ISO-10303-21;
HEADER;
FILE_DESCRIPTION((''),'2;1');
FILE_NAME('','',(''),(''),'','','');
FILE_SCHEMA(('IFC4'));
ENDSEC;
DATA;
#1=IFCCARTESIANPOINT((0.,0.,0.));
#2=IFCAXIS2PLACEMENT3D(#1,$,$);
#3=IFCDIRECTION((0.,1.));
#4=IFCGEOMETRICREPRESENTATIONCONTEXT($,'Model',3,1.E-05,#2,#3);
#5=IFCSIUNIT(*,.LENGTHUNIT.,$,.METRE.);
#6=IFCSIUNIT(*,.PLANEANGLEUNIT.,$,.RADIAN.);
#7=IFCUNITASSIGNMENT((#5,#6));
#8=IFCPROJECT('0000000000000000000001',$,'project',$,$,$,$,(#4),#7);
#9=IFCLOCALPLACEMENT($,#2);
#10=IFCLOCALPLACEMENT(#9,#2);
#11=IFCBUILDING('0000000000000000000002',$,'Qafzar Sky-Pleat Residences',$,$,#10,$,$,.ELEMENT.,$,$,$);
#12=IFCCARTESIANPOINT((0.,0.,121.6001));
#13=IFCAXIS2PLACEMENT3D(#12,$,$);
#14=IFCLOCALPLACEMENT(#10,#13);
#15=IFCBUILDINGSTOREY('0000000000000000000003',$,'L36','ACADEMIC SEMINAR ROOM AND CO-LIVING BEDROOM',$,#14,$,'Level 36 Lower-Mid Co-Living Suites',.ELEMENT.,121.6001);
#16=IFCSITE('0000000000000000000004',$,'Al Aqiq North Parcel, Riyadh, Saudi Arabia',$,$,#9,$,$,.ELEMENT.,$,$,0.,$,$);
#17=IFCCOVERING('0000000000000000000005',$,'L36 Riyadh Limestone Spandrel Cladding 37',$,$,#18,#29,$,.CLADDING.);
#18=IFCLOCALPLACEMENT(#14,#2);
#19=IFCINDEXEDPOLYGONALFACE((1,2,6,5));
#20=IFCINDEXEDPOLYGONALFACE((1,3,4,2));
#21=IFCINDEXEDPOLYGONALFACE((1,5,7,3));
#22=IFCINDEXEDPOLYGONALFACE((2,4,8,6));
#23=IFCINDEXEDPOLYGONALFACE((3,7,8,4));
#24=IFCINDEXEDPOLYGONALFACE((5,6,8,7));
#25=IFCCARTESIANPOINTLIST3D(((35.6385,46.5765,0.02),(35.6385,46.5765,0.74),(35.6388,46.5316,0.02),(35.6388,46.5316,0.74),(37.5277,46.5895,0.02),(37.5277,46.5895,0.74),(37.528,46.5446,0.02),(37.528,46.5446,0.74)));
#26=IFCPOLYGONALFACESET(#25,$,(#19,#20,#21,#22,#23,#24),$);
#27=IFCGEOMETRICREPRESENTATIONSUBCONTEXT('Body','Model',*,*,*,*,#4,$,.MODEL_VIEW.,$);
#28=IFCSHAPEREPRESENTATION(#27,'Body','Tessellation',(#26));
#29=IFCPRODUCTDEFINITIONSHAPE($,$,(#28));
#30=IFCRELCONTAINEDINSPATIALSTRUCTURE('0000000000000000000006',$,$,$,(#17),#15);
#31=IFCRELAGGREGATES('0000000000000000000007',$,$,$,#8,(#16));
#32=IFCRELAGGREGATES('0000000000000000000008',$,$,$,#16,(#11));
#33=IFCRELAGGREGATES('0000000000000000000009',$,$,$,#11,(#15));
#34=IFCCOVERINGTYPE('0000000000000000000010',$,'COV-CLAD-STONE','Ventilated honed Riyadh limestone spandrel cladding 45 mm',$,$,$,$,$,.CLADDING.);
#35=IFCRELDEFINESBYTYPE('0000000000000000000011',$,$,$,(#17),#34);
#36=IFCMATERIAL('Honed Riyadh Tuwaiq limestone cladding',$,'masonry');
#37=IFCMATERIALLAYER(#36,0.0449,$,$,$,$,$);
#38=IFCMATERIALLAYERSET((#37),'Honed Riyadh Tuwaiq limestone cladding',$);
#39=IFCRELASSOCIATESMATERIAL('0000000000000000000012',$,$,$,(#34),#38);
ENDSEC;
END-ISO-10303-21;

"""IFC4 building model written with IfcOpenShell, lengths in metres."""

from ifc_helpers import new_model, si_unit, direction, frame, origin, origin_2d, place, context, subcontext, project, spatial, rectangle, extrude, source, transform, mapped, material, layer, layer_set, type_object, element, save


model = new_model("IFC4")

# Units and contexts
model_context = context("Model", 3, precision=1e-05, world=origin(), true_north=direction((0.0, 1.0)))
body_context = subcontext(model_context, "Body", "Model", "MODEL_VIEW")
ifc_project = project(units=[si_unit("LENGTHUNIT", "METRE"), si_unit("PLANEANGLEUNIT", "RADIAN")], contexts=[model_context])

# Site, building, storey
site_placement = place(None, origin())
site = spatial("IfcSite", under=ifc_project, at=site_placement, Name="Al Aqiq North Parcel, Riyadh, Saudi Arabia", CompositionType="ELEMENT", RefElevation=0.0)
building_placement = place(site_placement, origin())
building = spatial("IfcBuilding", under=site, at=building_placement, Name="Qafzar Sky-Pleat Residences", CompositionType="ELEMENT")
storey_placement = place(building_placement, frame((0.0, 0.0, 121.6001)))
storey = spatial("IfcBuildingStorey", under=building, at=storey_placement, Name="L36", Description="ACADEMIC SEMINAR ROOM AND CO-LIVING BEDROOM", LongName="Level 36 Lower-Mid Co-Living Suites", CompositionType="ELEMENT", Elevation=121.6001)

# Covering
ifc_material_1 = material(Name="Honed Riyadh Tuwaiq limestone cladding", Category="masonry")
ifc_layer_1 = layer(ifc_material_1, 0.0449)
ifc_layer_set_1 = layer_set([ifc_layer_1], Name="Honed Riyadh Tuwaiq limestone cladding")
covering_type = type_object("IfcCoveringType", Name="COV-CLAD-STONE", Description="Ventilated honed Riyadh limestone spandrel cladding 45 mm", PredefinedType="CLADDING", material=ifc_layer_set_1)
shared_shape_1 = source(origin(), body_context, "Body", "SweptSolid", [
    extrude(rectangle(XDim=1.8892, YDim=0.0449, at=origin_2d()), origin(), (0.0, 0.0, 1.0), 0.72),
])
for number, where, z_axis, x_axis, name in (
    (1, (36.5833, 46.5605, 0.02), (0.0, 0.0, 1.0), (-0.999976, -0.00686, 0.0), "L36 Riyadh Limestone Spandrel Cladding 37"),
):
    element("IfcCovering", number, at=place(storey_placement, frame(where, z_axis=z_axis, x_axis=x_axis)), inside=storey, type_object=covering_type, Name=name, PredefinedType="CLADDING", context=body_context, shape_type="MappedRepresentation", body=[
        mapped(shared_shape_1, transform((0.0, 0.0, 0.0), x_axis=(1.0, 0.0, 0.0), y_axis=(0.0, 1.0, 0.0), z_axis=(0.0, 0.0, 1.0), scale=1.0)),
    ])

save(model, "model.ifc")
